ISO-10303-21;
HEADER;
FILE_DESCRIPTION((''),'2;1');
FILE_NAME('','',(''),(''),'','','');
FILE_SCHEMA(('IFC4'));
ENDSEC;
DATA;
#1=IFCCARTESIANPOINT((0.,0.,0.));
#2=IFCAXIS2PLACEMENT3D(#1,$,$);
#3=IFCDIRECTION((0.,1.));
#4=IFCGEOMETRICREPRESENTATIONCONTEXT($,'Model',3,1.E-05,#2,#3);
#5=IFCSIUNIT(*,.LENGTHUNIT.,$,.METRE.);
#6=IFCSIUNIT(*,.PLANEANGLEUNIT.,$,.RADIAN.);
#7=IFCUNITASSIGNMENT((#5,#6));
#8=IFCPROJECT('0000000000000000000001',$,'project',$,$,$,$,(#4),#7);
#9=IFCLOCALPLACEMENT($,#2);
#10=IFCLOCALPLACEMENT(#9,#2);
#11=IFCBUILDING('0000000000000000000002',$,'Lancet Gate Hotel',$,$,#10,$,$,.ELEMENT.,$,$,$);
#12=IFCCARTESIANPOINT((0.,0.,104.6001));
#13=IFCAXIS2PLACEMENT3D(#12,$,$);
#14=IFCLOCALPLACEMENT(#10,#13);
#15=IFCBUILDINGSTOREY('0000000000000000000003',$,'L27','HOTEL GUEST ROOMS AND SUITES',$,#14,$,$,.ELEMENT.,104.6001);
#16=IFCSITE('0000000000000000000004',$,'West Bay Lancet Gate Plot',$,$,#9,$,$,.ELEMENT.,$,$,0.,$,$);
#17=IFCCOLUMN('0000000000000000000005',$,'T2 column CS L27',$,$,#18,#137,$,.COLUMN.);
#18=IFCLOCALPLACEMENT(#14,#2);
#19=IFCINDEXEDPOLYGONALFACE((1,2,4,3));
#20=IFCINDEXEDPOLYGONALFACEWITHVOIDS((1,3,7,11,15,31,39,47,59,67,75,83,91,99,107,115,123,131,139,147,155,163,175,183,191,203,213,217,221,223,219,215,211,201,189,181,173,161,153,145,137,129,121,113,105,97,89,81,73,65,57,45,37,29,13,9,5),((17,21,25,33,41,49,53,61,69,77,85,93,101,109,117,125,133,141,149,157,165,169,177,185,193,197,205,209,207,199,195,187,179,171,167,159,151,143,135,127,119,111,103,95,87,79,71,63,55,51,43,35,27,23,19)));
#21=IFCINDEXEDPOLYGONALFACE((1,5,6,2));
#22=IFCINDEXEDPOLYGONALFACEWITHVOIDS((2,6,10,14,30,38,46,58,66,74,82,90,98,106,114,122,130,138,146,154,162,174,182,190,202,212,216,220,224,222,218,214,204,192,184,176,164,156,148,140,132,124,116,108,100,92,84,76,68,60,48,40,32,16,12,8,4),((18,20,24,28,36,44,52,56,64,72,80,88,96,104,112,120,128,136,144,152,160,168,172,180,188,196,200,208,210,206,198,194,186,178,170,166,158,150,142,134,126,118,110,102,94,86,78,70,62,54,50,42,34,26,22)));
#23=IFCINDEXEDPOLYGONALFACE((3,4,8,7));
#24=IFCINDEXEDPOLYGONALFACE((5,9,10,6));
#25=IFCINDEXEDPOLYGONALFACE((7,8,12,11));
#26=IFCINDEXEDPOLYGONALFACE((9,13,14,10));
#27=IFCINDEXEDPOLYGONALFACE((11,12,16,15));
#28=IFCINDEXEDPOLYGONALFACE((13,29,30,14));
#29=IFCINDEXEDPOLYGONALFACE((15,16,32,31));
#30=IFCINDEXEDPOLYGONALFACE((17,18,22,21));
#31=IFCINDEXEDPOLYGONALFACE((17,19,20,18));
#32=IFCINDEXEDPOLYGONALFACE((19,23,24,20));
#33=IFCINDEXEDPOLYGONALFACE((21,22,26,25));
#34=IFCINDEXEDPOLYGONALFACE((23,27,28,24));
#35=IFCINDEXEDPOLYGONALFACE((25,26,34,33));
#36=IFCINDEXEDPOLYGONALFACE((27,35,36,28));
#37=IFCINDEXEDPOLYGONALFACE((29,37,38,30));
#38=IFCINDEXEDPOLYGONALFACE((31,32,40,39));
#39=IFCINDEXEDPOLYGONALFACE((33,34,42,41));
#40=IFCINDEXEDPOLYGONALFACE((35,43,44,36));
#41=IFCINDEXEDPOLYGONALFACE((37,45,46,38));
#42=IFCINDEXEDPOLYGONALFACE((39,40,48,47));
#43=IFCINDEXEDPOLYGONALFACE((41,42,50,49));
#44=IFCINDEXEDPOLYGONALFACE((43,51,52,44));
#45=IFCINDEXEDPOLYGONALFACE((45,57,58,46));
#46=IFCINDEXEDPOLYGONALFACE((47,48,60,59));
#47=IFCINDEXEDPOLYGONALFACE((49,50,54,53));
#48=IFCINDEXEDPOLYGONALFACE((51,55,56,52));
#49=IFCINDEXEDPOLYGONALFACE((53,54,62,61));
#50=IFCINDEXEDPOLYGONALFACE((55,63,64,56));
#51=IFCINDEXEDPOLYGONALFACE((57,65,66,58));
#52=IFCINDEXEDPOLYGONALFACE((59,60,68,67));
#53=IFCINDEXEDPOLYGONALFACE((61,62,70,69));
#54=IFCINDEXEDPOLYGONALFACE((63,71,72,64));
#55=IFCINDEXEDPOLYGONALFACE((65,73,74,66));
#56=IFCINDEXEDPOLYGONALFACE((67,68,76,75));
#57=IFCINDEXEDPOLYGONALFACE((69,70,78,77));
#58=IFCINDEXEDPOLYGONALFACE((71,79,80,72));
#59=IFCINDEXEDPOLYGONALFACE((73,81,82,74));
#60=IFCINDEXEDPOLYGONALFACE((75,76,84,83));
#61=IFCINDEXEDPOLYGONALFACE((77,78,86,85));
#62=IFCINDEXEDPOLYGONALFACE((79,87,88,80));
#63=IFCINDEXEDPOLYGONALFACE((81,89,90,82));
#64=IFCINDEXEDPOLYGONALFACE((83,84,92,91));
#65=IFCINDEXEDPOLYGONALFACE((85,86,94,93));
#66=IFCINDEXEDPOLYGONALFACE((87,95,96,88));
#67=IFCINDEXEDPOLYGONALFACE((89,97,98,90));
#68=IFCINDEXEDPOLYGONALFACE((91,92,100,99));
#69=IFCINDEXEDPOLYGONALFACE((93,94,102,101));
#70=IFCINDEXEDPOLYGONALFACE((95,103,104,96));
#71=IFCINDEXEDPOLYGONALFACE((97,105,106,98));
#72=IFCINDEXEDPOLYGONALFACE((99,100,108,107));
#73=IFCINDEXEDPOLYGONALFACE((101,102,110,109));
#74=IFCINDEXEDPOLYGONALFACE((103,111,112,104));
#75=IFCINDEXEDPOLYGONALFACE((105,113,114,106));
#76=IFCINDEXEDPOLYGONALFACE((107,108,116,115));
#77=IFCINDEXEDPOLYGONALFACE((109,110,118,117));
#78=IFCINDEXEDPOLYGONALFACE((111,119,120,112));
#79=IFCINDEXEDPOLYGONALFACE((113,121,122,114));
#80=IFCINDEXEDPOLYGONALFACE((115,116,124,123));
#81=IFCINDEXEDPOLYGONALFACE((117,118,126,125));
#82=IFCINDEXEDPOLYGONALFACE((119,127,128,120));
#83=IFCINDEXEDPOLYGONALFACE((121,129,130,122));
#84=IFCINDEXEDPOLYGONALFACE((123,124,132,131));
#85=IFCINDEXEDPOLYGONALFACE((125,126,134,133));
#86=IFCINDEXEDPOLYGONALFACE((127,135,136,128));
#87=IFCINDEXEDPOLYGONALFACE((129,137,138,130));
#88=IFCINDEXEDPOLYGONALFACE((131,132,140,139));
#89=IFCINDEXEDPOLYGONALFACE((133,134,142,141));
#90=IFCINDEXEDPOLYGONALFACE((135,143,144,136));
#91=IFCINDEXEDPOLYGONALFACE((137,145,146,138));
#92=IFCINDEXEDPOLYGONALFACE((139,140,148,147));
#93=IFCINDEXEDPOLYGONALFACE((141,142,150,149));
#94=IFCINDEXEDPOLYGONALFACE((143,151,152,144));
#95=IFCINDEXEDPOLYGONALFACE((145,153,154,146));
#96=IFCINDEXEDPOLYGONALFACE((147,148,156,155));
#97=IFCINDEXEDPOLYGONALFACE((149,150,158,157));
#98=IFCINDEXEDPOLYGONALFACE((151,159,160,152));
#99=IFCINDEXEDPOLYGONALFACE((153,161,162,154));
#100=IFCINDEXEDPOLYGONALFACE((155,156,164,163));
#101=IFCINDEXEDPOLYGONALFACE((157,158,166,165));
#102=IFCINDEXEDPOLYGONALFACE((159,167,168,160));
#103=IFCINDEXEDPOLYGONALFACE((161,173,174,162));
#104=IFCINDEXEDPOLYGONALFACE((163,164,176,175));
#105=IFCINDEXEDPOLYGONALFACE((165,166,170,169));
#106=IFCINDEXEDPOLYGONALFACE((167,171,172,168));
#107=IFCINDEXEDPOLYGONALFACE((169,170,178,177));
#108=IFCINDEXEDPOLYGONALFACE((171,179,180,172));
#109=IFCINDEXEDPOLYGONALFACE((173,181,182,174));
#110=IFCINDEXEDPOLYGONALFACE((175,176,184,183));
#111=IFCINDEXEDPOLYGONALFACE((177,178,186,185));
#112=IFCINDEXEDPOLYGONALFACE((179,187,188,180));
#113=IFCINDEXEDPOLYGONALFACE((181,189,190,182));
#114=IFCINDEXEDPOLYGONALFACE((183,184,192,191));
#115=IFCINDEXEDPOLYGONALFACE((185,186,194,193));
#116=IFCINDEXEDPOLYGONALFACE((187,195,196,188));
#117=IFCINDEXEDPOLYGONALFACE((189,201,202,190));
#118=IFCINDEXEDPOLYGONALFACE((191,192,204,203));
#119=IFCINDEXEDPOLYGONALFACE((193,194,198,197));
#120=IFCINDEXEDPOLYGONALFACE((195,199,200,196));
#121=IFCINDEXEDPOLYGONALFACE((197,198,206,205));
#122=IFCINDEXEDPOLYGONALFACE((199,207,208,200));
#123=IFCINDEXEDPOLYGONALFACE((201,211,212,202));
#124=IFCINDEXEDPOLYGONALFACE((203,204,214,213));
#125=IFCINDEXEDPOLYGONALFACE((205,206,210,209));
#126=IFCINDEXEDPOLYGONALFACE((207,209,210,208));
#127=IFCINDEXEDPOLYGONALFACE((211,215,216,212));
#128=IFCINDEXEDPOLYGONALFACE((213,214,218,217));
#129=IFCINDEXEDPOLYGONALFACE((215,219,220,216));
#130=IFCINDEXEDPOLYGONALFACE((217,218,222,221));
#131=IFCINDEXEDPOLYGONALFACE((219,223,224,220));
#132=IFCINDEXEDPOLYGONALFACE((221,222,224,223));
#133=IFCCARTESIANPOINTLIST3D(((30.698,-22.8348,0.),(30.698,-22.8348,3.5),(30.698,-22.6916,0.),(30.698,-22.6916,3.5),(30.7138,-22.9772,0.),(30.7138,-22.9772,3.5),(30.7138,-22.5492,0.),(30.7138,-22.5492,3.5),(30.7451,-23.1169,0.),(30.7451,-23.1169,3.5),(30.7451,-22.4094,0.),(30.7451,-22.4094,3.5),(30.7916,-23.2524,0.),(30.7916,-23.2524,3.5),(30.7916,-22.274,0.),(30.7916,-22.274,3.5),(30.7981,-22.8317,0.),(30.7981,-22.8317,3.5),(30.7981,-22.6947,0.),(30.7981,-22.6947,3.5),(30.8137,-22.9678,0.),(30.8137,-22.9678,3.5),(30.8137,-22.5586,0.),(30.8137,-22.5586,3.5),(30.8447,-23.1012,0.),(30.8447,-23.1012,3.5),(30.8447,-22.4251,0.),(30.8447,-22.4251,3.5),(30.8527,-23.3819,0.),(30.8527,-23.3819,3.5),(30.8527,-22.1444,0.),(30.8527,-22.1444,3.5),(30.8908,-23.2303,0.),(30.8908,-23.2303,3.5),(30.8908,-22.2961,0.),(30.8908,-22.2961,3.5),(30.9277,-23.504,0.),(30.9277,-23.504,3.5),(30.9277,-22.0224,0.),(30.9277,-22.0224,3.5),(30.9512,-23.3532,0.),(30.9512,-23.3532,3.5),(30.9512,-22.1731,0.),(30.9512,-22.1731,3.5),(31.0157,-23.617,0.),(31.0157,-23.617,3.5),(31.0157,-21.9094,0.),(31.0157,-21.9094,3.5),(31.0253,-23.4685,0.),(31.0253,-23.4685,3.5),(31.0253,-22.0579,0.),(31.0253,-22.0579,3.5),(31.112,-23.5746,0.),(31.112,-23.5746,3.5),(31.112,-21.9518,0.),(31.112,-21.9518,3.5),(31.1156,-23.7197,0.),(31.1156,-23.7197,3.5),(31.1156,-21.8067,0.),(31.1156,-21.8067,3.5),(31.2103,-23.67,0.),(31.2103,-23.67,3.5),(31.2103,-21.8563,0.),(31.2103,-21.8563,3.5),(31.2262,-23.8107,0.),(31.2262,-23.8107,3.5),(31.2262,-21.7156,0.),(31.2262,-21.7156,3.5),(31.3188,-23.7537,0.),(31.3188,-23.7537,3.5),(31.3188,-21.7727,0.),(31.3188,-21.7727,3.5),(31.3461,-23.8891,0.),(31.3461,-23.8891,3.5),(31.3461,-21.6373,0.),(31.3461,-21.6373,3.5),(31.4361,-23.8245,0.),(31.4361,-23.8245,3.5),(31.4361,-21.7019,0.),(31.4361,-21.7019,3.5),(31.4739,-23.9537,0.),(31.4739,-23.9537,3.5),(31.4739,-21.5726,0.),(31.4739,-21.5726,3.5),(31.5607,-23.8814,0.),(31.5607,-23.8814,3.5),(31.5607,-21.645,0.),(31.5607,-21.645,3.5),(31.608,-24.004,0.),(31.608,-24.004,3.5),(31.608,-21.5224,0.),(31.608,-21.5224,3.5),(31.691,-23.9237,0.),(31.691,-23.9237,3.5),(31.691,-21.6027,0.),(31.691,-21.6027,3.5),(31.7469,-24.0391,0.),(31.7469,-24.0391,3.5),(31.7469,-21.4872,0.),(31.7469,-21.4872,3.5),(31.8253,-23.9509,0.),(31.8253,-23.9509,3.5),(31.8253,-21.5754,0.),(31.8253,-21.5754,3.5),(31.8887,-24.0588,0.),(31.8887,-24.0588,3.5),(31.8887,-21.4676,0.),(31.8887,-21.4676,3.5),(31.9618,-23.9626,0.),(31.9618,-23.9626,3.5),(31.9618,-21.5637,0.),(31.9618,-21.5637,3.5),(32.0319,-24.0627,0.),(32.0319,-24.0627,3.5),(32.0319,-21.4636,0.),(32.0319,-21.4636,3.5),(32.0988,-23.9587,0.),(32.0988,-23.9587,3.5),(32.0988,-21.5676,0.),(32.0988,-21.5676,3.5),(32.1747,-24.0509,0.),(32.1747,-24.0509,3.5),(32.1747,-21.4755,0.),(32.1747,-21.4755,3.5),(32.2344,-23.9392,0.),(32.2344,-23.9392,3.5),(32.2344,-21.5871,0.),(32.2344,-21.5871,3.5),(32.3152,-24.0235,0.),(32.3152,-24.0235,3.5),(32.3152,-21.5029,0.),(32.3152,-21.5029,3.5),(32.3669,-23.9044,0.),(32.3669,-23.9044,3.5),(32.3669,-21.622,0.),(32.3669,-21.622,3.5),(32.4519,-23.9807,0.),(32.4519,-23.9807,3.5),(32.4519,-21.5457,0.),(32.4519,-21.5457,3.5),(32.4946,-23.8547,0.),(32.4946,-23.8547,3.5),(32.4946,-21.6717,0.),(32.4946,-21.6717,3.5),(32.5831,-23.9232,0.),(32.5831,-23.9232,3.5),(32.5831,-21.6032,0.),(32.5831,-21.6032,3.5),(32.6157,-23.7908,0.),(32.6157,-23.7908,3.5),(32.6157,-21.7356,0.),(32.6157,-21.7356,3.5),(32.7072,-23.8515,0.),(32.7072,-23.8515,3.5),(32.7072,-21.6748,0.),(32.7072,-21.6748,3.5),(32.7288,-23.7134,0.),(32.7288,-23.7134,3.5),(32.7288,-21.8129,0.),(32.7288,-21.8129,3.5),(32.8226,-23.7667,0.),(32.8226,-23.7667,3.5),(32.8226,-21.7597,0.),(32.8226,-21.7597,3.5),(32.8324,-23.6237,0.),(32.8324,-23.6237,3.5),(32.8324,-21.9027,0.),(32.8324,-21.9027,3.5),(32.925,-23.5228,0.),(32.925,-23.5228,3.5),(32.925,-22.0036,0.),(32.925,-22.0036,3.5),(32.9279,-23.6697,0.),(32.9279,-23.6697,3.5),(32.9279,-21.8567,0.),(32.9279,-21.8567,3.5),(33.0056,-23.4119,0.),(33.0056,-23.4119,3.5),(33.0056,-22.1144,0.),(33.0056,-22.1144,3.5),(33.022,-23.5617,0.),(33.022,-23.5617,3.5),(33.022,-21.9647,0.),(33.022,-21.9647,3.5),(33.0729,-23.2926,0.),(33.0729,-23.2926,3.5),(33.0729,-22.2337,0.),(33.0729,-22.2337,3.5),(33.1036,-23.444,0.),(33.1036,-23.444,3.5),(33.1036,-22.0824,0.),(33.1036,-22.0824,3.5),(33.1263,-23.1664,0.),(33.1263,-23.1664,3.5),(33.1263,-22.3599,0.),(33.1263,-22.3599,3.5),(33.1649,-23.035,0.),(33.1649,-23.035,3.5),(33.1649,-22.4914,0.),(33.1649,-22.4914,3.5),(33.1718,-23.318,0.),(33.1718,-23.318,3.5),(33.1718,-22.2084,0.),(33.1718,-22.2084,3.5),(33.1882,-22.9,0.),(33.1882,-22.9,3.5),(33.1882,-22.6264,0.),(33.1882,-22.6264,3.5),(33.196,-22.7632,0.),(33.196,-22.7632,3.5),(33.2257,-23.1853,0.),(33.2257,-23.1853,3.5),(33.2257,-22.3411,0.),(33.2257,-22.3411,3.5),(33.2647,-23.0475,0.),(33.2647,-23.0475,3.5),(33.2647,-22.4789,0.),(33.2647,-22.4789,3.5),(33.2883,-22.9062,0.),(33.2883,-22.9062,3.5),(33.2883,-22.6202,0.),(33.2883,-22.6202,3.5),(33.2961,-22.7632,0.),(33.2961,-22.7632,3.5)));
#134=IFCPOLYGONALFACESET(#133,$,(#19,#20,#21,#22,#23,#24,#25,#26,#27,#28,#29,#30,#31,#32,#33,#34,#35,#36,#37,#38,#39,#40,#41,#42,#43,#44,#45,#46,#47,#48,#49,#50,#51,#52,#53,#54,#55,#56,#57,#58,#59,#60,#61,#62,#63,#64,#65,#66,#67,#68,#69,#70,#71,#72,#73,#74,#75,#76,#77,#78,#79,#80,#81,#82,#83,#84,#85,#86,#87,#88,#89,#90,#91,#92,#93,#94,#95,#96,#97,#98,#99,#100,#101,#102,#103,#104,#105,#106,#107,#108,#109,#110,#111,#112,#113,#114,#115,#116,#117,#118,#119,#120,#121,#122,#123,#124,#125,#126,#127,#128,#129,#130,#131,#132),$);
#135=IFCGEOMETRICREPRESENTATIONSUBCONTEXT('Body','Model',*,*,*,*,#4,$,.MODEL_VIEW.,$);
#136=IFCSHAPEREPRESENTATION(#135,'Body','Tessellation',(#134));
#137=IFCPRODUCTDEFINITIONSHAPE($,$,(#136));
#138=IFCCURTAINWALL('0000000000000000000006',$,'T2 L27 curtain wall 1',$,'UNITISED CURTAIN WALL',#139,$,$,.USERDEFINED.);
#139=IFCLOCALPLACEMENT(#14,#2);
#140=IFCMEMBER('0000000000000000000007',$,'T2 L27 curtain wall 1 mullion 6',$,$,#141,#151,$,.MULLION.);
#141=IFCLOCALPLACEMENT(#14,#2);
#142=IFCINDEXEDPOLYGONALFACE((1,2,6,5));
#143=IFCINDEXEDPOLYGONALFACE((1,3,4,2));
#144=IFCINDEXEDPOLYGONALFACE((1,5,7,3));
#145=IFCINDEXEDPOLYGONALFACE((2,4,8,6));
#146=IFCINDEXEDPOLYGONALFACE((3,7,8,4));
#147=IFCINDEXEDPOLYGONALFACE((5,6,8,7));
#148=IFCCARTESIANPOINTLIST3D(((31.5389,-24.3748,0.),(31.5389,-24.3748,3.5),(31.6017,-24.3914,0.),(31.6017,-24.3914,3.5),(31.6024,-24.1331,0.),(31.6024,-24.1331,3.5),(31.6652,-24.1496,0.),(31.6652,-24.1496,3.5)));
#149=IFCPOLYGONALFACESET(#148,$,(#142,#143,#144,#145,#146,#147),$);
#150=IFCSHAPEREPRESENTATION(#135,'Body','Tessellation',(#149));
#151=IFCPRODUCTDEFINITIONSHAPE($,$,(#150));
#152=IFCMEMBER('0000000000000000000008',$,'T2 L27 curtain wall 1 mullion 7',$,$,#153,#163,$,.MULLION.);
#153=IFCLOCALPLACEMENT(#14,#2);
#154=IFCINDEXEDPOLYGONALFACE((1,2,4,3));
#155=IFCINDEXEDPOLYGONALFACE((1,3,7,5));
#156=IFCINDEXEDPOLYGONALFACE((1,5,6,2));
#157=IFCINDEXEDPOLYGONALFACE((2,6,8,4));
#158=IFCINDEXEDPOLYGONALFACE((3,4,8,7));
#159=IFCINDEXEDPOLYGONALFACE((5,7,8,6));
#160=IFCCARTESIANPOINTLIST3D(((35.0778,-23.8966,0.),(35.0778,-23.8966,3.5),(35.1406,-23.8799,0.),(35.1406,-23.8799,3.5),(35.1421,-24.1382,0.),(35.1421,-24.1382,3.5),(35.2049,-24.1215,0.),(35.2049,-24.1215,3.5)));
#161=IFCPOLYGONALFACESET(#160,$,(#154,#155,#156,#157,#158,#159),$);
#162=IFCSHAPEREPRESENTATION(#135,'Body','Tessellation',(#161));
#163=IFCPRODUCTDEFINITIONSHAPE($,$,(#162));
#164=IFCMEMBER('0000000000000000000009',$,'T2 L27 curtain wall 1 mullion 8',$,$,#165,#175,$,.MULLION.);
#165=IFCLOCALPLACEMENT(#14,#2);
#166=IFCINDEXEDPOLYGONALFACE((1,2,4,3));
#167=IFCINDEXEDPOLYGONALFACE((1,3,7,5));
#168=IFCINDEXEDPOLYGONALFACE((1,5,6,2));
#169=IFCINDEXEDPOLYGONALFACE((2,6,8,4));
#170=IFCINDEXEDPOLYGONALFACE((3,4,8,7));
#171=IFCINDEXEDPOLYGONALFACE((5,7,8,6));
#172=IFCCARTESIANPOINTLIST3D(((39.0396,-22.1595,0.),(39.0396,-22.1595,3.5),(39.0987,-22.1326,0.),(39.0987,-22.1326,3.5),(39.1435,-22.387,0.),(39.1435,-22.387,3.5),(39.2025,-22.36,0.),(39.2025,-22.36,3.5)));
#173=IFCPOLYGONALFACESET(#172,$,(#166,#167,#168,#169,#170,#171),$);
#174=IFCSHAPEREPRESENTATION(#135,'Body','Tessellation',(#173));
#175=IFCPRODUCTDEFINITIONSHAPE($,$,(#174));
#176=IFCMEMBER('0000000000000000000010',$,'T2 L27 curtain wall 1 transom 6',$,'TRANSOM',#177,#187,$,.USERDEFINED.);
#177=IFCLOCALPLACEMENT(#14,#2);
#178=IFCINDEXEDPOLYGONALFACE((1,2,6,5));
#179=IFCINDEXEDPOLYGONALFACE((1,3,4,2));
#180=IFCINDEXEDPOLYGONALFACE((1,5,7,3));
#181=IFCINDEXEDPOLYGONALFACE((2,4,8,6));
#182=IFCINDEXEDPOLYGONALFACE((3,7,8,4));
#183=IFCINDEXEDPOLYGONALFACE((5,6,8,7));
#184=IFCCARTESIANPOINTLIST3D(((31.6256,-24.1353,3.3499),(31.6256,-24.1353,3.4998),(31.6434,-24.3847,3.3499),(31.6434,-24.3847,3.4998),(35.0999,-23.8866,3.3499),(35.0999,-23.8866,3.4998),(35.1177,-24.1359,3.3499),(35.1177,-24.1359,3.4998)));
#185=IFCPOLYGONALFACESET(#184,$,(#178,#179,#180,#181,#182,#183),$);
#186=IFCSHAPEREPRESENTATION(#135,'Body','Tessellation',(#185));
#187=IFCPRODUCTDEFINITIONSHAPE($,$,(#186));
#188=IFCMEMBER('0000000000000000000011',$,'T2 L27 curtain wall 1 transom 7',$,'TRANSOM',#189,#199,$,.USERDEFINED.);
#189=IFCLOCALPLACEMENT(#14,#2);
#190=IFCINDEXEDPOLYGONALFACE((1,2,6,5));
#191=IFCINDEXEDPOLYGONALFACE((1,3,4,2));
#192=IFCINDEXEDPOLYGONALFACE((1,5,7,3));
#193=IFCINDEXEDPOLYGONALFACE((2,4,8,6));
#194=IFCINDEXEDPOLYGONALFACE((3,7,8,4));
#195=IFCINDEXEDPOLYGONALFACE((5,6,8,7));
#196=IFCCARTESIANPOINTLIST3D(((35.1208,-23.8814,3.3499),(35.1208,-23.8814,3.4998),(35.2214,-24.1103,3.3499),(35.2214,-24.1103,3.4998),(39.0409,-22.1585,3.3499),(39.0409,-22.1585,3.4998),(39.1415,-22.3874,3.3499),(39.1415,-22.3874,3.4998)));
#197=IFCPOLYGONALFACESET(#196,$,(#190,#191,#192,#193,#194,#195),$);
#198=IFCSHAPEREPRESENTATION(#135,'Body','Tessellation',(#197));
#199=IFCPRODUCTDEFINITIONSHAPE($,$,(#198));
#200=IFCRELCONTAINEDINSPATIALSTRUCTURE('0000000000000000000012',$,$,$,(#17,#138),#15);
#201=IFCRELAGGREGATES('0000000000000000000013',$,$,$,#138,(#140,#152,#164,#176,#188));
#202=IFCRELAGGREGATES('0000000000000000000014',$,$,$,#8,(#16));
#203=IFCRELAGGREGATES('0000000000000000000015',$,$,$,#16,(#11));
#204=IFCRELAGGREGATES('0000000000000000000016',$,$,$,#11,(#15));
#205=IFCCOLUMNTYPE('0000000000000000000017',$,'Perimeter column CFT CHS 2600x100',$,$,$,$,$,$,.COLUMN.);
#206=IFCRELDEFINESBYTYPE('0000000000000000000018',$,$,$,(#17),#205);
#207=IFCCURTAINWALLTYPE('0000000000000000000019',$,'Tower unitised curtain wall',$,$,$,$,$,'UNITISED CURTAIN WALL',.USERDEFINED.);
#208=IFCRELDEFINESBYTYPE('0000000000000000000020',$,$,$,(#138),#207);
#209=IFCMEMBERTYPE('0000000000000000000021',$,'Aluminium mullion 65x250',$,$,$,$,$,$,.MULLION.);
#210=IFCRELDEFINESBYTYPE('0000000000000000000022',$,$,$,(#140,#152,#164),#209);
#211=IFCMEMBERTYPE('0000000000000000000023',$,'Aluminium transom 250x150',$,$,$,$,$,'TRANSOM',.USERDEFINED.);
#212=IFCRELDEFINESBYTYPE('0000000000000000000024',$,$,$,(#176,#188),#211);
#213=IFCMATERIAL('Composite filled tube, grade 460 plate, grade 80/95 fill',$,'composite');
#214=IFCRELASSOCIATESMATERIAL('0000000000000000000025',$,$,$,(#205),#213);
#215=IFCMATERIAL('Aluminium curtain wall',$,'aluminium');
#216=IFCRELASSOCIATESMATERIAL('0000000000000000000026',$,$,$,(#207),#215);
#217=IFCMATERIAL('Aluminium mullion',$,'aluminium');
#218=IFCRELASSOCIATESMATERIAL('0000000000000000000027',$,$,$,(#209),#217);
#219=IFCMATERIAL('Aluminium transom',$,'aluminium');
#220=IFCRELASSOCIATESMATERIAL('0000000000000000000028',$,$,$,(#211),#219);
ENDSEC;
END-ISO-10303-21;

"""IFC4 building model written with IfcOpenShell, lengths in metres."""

from ifc_helpers import new_model, si_unit, direction, frame, origin, origin_2d, place, context, subcontext, project, spatial, rectangle, hollow_circle, extrude, material, material_profile, profile_set, type_object, element, aggregate, save


model = new_model("IFC4")

# Units and contexts
model_context = context("Model", 3, precision=1e-05, world=origin(), true_north=direction((0.0, 1.0)))
body_context = subcontext(model_context, "Body", "Model", "MODEL_VIEW")
ifc_project = project(units=[si_unit("LENGTHUNIT", "METRE"), si_unit("PLANEANGLEUNIT", "RADIAN")], contexts=[model_context])

# Site, building, storey
site_placement = place(None, origin())
site = spatial("IfcSite", under=ifc_project, at=site_placement, Name="West Bay Lancet Gate Plot", CompositionType="ELEMENT", RefElevation=0.0)
building_placement = place(site_placement, origin())
building = spatial("IfcBuilding", under=site, at=building_placement, Name="Lancet Gate Hotel", CompositionType="ELEMENT")
storey_placement = place(building_placement, frame((0.0, 0.0, 104.6001)))
storey = spatial("IfcBuildingStorey", under=building, at=storey_placement, Name="L27", Description="HOTEL GUEST ROOMS AND SUITES", CompositionType="ELEMENT", Elevation=104.6001)

# Column
ifc_material_1 = material(Name="Composite filled tube, grade 460 plate, grade 80/95 fill", Category="composite")
ifc_material_profile_1 = material_profile(ifc_material_1, hollow_circle(Radius=1.3, WallThickness=0.1001, at=origin_2d()), Name="CHS 2600x100")
ifc_profile_set_1 = profile_set([ifc_material_profile_1], Name="Composite filled tube, grade 460 plate, grade 80/95 fill")
column_type = type_object("IfcColumnType", Name="Perimeter column CFT CHS 2600x100", PredefinedType="COLUMN", material=ifc_profile_set_1)
column_placement = place(storey_placement, frame((31.9961, -22.7632, 0.0), z_axis=(0.0, 0.0, 1.0), x_axis=(1.0, 0.0, 0.0)))
element("IfcColumn", 1, at=column_placement, inside=storey, type_object=column_type, Name="T2 column CS L27", PredefinedType="COLUMN", context=body_context, shape_type="SweptSolid", body=[
    extrude(hollow_circle(Radius=1.3, WallThickness=0.1001, at=origin_2d()), origin(), (0.0, 0.0, 1.0), 3.5),
])

# Curtain wall, members
ifc_material_2 = material(Name="Aluminium curtain wall", Category="aluminium")
curtain_wall_type = type_object("IfcCurtainWallType", Name="Tower unitised curtain wall", ElementType="UNITISED CURTAIN WALL", PredefinedType="USERDEFINED", material=ifc_material_2)
curtain_wall_placement = place(storey_placement, origin())
curtain_wall = element("IfcCurtainWall", 2, at=curtain_wall_placement, inside=storey, type_object=curtain_wall_type, Name="T2 L27 curtain wall 1", ObjectType="UNITISED CURTAIN WALL", PredefinedType="USERDEFINED")
ifc_material_3 = material(Name="Aluminium mullion", Category="aluminium")
ifc_material_profile_2 = material_profile(ifc_material_3, rectangle(XDim=0.0649, YDim=0.25, at=origin_2d()), Name="MULLION 65x250")
ifc_profile_set_2 = profile_set([ifc_material_profile_2], Name="Aluminium mullion")
member_type_1 = type_object("IfcMemberType", Name="Aluminium mullion 65x250", PredefinedType="MULLION", material=ifc_profile_set_2)
member_1_placement = place(storey_placement, frame((31.6021, -24.2622, 0.0), z_axis=(0.0, 0.0, 1.0), x_axis=(0.967157, -0.254179, 0.0)))
member_1 = element("IfcMember", 3, at=member_1_placement, type_object=member_type_1, Name="T2 L27 curtain wall 1 mullion 6", PredefinedType="MULLION", context=body_context, shape_type="SweptSolid", body=[
    extrude(rectangle(XDim=0.0649, YDim=0.25, at=origin_2d()), origin(), (0.0, 0.0, 1.0), 3.5),
])
member_2_placement = place(storey_placement, frame((35.1414, -24.009, 0.0), z_axis=(0.0, 0.0, 1.0), x_axis=(0.966317, 0.257353, 0.0)))
member_2 = element("IfcMember", 4, at=member_2_placement, type_object=member_type_1, Name="T2 L27 curtain wall 1 mullion 7", PredefinedType="MULLION", context=body_context, shape_type="SweptSolid", body=[
    extrude(rectangle(XDim=0.0649, YDim=0.25, at=origin_2d()), origin(), (0.0, 0.0, 1.0), 3.5),
])
member_3_placement = place(storey_placement, frame((39.1211, -22.2598, 0.0), z_axis=(0.0, 0.0, 1.0), x_axis=(0.909673, 0.415326, 0.0)))
member_3 = element("IfcMember", 5, at=member_3_placement, type_object=member_type_1, Name="T2 L27 curtain wall 1 mullion 8", PredefinedType="MULLION", context=body_context, shape_type="SweptSolid", body=[
    extrude(rectangle(XDim=0.0649, YDim=0.25, at=origin_2d()), origin(), (0.0, 0.0, 1.0), 3.5),
])
ifc_material_4 = material(Name="Aluminium transom", Category="aluminium")
ifc_material_profile_3 = material_profile(ifc_material_4, rectangle(XDim=0.25, YDim=0.1499, at=origin_2d()), Name="TRANSOM 250x150")
ifc_profile_set_3 = profile_set([ifc_material_profile_3], Name="Aluminium transom")
member_type_2 = type_object("IfcMemberType", Name="Aluminium transom 250x150", ElementType="TRANSOM", PredefinedType="USERDEFINED", material=ifc_profile_set_3)
member_4_placement = place(storey_placement, frame((31.6345, -24.26, 3.4248), z_axis=(0.997446, 0.071421, 0.0), x_axis=(-0.071421, 0.997446, 0.0)))
member_4 = element("IfcMember", 6, at=member_4_placement, type_object=member_type_2, Name="T2 L27 curtain wall 1 transom 6", ObjectType="TRANSOM", PredefinedType="USERDEFINED", context=body_context, shape_type="SweptSolid", body=[
    extrude(rectangle(XDim=0.25, YDim=0.1499, at=origin_2d()), origin(), (0.0, 0.0, 1.0), 3.4832),
])
member_5_placement = place(storey_placement, frame((35.1711, -23.9958, 3.4248), z_axis=(0.915485, 0.402353, 0.0), x_axis=(-0.402353, 0.915485, 0.0)))
member_5 = element("IfcMember", 7, at=member_5_placement, type_object=member_type_2, Name="T2 L27 curtain wall 1 transom 7", ObjectType="TRANSOM", PredefinedType="USERDEFINED", context=body_context, shape_type="SweptSolid", body=[
    extrude(rectangle(XDim=0.25, YDim=0.1499, at=origin_2d()), origin(), (0.0, 0.0, 1.0), 4.282),
])

aggregate(curtain_wall, [member_1, member_2, member_3, member_4, member_5])

save(model, "model.ifc")
